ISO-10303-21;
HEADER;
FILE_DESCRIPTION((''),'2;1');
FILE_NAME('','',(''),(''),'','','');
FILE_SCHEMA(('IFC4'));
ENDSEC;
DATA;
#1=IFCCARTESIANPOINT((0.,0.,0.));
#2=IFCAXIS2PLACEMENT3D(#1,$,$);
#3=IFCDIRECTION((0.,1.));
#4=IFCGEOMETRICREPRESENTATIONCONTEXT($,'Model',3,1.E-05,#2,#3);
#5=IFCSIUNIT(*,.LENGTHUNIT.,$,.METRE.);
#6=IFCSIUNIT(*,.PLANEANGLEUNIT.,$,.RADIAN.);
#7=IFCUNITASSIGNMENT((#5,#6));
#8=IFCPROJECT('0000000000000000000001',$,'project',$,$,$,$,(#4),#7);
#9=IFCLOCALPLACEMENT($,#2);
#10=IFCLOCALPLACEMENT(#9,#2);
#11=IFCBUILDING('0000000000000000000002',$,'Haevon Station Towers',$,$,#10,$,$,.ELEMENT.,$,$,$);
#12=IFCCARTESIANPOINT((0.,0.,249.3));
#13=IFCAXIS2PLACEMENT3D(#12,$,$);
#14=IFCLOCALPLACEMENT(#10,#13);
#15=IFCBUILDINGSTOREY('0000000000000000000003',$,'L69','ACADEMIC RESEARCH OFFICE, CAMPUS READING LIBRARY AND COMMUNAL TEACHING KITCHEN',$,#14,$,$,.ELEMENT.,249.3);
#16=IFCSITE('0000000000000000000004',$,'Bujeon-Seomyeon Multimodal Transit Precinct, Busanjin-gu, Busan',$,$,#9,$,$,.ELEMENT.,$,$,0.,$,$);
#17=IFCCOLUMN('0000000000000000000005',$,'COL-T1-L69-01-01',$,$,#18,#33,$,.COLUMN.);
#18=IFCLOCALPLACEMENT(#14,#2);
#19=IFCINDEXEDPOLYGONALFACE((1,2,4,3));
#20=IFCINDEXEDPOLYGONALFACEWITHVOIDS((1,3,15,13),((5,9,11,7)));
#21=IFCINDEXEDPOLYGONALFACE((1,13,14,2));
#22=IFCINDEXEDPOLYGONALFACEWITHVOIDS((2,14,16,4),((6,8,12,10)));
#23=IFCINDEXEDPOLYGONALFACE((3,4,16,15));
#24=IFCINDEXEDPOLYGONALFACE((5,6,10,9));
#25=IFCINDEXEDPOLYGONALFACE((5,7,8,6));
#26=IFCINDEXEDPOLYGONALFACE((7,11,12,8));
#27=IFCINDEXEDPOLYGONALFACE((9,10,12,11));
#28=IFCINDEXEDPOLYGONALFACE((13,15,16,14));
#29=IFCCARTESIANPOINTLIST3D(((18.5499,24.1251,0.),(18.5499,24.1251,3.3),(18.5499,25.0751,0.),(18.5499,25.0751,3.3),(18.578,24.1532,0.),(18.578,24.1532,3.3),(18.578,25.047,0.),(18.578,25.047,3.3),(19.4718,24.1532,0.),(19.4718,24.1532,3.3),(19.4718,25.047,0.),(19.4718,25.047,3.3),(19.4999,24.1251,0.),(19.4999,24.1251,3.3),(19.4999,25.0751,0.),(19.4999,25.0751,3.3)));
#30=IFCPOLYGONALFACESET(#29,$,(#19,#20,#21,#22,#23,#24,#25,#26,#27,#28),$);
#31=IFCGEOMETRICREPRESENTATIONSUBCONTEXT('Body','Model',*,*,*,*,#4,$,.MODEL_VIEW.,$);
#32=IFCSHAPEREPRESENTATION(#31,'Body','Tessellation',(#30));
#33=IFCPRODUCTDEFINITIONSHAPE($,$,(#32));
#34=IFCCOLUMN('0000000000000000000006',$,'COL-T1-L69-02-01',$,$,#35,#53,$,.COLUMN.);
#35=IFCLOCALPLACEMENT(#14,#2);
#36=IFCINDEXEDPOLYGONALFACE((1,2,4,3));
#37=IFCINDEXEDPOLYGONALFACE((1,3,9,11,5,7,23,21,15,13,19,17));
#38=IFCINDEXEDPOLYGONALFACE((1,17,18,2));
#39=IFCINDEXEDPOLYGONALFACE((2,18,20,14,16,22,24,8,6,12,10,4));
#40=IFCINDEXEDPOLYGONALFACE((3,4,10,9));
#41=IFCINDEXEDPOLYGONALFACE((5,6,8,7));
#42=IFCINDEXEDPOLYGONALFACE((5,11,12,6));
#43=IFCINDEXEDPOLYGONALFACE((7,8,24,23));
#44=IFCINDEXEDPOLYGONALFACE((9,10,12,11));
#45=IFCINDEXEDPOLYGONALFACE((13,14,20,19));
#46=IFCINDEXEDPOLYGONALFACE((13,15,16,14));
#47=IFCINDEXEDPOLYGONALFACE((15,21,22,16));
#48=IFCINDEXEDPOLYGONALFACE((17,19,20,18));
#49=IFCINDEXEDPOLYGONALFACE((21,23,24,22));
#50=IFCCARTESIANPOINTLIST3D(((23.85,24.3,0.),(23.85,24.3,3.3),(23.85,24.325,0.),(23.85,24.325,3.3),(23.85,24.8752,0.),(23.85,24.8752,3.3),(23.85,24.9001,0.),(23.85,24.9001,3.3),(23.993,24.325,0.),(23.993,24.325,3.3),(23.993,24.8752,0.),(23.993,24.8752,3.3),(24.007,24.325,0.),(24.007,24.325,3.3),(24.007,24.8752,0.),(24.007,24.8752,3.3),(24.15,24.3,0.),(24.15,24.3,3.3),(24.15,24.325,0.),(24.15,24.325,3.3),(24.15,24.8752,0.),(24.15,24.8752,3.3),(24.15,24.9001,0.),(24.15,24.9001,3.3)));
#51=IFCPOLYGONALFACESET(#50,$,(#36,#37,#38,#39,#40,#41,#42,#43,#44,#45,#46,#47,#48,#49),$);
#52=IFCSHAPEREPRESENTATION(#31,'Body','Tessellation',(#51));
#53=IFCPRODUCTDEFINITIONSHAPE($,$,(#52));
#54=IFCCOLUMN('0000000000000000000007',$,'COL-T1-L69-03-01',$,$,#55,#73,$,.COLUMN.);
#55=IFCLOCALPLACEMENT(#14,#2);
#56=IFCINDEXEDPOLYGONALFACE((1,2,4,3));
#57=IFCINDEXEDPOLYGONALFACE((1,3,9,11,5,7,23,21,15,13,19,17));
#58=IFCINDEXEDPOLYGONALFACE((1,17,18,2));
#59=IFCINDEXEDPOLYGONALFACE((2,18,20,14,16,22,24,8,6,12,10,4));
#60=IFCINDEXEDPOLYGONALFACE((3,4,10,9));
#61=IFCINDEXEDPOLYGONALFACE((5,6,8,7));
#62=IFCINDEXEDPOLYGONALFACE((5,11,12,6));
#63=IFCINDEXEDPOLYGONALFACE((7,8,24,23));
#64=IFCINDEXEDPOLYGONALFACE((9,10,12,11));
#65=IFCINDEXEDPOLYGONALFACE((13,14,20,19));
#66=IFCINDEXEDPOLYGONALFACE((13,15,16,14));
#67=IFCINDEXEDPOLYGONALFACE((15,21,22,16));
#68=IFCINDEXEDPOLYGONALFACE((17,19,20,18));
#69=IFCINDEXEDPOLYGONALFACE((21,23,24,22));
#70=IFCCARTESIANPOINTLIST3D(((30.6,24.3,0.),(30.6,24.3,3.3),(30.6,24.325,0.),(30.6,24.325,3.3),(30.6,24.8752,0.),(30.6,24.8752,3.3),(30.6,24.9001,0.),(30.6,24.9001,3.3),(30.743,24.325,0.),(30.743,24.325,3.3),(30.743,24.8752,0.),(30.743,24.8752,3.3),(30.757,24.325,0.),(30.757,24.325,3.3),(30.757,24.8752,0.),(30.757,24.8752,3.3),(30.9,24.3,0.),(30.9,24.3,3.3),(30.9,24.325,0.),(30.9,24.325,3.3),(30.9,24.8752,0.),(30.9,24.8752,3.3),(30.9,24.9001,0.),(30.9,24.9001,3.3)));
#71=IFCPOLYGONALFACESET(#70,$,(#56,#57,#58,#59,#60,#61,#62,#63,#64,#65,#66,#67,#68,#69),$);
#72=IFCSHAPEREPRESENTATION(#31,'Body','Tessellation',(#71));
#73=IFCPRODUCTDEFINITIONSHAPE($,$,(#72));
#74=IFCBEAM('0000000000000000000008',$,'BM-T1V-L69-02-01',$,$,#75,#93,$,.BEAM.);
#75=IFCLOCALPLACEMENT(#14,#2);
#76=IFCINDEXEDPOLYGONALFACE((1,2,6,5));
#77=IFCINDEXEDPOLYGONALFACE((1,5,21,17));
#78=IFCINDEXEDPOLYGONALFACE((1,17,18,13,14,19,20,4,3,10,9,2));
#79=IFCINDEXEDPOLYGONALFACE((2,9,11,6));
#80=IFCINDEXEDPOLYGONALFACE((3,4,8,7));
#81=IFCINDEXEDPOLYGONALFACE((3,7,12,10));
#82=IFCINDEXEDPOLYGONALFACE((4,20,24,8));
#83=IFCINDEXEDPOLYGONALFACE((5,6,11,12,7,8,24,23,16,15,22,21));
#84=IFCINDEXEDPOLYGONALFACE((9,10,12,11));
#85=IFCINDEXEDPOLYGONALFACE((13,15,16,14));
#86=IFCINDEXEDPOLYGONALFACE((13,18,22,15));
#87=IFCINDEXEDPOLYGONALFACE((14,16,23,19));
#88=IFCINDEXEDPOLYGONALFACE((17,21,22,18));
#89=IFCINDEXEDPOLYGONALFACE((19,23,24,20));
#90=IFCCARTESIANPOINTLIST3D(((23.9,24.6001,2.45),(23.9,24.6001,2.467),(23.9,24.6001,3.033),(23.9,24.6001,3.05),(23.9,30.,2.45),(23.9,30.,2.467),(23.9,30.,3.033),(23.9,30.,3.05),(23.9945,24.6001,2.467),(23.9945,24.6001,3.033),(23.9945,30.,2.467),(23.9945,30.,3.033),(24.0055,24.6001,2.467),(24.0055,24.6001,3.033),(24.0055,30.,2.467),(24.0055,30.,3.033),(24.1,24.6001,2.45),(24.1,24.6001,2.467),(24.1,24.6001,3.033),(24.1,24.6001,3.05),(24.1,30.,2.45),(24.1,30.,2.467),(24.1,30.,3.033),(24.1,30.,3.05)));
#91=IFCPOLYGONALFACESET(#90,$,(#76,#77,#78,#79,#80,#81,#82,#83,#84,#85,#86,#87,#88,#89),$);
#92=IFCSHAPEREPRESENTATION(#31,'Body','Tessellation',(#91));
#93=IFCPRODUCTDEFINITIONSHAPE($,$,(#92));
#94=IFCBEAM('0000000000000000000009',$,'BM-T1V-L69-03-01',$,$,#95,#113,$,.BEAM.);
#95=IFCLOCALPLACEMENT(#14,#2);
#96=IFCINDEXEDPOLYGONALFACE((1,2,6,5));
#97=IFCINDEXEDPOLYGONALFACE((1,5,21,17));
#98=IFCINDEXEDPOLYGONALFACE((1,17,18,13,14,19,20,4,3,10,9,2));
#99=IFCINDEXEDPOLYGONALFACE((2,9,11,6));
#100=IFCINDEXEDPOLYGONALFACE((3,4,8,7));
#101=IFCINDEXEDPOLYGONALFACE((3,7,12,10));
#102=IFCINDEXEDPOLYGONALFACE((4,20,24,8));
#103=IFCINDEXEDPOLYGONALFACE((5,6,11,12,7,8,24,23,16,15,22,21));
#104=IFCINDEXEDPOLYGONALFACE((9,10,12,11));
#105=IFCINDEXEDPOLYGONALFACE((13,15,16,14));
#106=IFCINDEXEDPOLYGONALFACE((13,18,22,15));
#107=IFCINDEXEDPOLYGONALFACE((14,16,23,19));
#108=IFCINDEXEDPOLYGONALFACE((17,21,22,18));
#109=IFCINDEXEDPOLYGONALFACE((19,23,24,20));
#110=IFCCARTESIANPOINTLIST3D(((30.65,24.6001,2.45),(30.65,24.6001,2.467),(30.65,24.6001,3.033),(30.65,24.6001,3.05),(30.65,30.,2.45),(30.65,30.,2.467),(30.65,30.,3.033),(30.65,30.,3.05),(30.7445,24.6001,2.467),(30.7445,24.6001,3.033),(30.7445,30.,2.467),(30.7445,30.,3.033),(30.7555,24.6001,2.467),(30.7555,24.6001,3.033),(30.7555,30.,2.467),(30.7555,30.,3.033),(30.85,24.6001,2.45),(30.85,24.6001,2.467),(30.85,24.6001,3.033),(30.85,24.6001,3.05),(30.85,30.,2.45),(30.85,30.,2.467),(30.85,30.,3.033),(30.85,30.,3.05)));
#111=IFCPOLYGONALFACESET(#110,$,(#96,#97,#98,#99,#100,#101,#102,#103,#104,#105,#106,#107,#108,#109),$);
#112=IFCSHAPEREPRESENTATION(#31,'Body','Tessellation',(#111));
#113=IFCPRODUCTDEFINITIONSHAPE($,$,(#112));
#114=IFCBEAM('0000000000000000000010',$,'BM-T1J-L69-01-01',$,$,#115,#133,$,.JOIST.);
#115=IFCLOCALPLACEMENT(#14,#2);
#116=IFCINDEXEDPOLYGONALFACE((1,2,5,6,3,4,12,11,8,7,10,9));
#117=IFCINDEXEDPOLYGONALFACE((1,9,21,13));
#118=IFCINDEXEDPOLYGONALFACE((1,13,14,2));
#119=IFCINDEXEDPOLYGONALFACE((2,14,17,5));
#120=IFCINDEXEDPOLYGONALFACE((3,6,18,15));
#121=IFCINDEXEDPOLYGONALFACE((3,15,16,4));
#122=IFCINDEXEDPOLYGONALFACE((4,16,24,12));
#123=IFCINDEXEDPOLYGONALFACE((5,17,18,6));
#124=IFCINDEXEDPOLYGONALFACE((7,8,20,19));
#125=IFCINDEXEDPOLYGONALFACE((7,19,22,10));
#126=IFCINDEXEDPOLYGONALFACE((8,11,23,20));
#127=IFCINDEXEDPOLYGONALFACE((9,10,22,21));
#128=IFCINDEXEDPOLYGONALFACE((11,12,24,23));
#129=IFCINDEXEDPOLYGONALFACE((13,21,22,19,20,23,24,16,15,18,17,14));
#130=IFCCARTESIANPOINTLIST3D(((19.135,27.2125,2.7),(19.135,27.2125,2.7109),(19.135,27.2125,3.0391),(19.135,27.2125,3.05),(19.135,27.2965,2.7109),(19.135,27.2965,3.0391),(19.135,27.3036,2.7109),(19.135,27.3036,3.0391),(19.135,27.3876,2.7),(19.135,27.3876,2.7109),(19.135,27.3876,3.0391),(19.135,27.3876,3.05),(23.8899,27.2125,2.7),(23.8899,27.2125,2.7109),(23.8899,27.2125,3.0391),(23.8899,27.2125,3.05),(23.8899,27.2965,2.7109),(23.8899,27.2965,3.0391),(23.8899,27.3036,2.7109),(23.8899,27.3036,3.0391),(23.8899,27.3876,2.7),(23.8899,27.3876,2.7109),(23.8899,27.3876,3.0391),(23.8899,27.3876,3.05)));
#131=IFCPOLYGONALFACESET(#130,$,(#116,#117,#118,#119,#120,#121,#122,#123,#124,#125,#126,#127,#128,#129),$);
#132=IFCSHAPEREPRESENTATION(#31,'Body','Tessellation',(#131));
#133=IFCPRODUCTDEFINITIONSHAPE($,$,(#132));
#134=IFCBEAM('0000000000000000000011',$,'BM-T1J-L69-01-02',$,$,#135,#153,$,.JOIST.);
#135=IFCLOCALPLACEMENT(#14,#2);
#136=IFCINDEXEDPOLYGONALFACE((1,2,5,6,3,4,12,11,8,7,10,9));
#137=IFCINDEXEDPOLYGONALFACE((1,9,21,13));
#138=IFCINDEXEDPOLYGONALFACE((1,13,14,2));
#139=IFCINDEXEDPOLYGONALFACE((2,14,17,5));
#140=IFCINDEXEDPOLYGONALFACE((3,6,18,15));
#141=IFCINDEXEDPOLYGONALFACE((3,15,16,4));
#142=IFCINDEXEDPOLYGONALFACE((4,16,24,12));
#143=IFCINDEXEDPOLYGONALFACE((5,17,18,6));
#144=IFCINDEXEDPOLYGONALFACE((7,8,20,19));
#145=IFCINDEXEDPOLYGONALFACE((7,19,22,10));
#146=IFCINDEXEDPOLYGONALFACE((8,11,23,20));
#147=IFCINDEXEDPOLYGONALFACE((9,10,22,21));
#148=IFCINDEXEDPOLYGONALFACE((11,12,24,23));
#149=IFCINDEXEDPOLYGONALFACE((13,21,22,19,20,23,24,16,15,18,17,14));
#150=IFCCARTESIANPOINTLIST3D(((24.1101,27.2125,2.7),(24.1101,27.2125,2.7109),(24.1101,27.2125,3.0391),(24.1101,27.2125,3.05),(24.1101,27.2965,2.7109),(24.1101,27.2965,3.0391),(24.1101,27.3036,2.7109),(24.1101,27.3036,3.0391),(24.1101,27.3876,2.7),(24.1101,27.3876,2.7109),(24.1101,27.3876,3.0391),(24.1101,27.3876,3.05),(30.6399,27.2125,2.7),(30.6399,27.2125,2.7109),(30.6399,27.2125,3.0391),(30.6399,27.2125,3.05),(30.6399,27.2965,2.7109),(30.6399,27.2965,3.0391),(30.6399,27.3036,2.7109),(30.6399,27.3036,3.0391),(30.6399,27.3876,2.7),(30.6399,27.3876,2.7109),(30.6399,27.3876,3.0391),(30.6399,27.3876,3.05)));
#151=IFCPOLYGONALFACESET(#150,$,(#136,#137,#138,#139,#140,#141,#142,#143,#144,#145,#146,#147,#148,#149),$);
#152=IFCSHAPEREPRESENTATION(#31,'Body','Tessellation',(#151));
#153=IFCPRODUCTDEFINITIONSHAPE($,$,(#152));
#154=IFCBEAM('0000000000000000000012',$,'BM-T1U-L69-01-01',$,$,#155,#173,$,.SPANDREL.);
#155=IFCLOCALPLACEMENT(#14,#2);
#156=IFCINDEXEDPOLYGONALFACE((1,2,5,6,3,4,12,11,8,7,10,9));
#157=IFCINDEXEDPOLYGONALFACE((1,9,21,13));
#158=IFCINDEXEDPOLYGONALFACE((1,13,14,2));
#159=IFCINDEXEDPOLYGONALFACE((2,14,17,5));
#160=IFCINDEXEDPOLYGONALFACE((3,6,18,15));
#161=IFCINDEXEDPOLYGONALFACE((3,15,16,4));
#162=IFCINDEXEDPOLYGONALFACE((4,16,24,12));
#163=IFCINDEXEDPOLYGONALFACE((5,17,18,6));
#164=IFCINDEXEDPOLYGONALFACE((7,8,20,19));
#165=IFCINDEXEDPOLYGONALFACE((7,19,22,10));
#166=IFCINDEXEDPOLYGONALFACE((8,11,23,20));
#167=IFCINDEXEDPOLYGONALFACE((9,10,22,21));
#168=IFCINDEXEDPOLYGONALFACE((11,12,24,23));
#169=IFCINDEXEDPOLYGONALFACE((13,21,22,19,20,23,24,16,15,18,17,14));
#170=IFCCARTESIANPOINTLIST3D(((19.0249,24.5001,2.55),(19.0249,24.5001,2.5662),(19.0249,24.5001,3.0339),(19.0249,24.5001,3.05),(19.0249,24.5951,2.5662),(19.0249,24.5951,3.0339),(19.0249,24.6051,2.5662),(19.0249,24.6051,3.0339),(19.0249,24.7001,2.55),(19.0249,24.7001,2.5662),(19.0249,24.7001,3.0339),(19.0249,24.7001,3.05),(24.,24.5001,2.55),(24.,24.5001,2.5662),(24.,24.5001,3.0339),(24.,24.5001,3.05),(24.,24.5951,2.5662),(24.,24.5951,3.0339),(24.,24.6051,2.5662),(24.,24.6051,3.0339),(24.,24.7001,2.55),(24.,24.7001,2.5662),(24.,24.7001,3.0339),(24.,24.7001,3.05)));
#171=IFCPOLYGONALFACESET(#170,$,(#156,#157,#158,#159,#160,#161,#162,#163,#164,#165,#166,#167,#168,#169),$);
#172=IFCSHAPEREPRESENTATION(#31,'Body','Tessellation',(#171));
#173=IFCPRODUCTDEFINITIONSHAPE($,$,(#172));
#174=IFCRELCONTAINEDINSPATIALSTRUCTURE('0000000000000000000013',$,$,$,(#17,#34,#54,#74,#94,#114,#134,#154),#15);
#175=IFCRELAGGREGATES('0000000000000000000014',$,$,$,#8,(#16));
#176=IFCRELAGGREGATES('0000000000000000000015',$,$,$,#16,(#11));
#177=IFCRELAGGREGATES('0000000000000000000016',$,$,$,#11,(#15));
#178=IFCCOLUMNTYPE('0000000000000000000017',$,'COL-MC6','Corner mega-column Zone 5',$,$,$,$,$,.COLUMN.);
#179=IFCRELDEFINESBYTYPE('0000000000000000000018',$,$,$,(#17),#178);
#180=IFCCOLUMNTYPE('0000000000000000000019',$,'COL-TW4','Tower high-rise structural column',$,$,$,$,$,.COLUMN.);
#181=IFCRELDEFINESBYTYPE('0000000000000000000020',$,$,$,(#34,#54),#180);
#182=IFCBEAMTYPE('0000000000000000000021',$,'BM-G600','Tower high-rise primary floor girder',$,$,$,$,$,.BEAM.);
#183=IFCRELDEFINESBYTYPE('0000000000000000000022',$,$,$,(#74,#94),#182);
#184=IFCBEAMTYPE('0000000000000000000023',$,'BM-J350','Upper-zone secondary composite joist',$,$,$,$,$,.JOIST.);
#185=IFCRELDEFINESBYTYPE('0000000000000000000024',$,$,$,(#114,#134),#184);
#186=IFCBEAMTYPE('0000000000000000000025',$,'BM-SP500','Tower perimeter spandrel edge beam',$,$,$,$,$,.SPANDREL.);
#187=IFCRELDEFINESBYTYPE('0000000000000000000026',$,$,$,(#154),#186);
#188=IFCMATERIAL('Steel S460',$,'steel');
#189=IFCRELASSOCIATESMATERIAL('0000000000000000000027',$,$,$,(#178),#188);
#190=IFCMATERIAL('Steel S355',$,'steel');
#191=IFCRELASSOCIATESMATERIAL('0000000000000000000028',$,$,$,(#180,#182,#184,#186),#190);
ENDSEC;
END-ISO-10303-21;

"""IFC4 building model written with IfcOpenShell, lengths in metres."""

from ifc_helpers import new_model, si_unit, direction, frame, origin, origin_2d, place, context, subcontext, project, spatial, hollow_rectangle, i_section, extrude, material, material_profile, profile_set, type_object, element, save


model = new_model("IFC4")

# Units and contexts
model_context = context("Model", 3, precision=1e-05, world=origin(), true_north=direction((0.0, 1.0)))
body_context = subcontext(model_context, "Body", "Model", "MODEL_VIEW")
ifc_project = project(units=[si_unit("LENGTHUNIT", "METRE"), si_unit("PLANEANGLEUNIT", "RADIAN")], contexts=[model_context])

# Site, building, storey
site_placement = place(None, origin())
site = spatial("IfcSite", under=ifc_project, at=site_placement, Name="Bujeon-Seomyeon Multimodal Transit Precinct, Busanjin-gu, Busan", CompositionType="ELEMENT", RefElevation=0.0)
building_placement = place(site_placement, origin())
building = spatial("IfcBuilding", under=site, at=building_placement, Name="Haevon Station Towers", CompositionType="ELEMENT")
storey_placement = place(building_placement, frame((0.0, 0.0, 249.3)))
storey = spatial("IfcBuildingStorey", under=building, at=storey_placement, Name="L69", Description="ACADEMIC RESEARCH OFFICE, CAMPUS READING LIBRARY AND COMMUNAL TEACHING KITCHEN", CompositionType="ELEMENT", Elevation=249.3)

# Columns
ifc_material_1 = material(Name="Steel S460", Category="steel")
ifc_material_profile_1 = material_profile(ifc_material_1, hollow_rectangle(XDim=0.95, YDim=0.95, WallThickness=0.0281, at=origin_2d()), Name="BOX-950x950x28")
ifc_profile_set_1 = profile_set([ifc_material_profile_1], Name="Steel S460")
column_type_1 = type_object("IfcColumnType", Name="COL-MC6", Description="Corner mega-column Zone 5", PredefinedType="COLUMN", material=ifc_profile_set_1)
column_placement = place(storey_placement, frame((19.0249, 24.6001, 0.0), z_axis=(0.0, 0.0, 1.0), x_axis=(1.0, 0.0, 0.0)))
element("IfcColumn", 1, at=column_placement, inside=storey, type_object=column_type_1, Name="COL-T1-L69-01-01", PredefinedType="COLUMN", context=body_context, shape_type="SweptSolid", body=[
    extrude(hollow_rectangle(XDim=0.95, YDim=0.95, WallThickness=0.0281, at=origin_2d()), origin(), (0.0, 0.0, 1.0), 3.3),
])
ifc_material_2 = material(Name="Steel S355", Category="steel")
ifc_material_profile_2 = material_profile(ifc_material_2, i_section(OverallWidth=0.3, OverallDepth=0.6001, WebThickness=0.0139, FlangeThickness=0.0249, at=origin_2d()), Name="H-600x300x14x25")
ifc_profile_set_2 = profile_set([ifc_material_profile_2], Name="Steel S355")
column_type_2 = type_object("IfcColumnType", Name="COL-TW4", Description="Tower high-rise structural column", PredefinedType="COLUMN", material=ifc_profile_set_2)
for number, where, z_axis, x_axis, name in (
    (2, (24.0, 24.6001, 0.0), (0.0, 0.0, 1.0), (1.0, 0.0, 0.0), "COL-T1-L69-02-01"),
    (3, (30.75, 24.6001, 0.0), (0.0, 0.0, 1.0), (1.0, 0.0, 0.0), "COL-T1-L69-03-01"),
):
    element("IfcColumn", number, at=place(storey_placement, frame(where, z_axis=z_axis, x_axis=x_axis)), inside=storey, type_object=column_type_2, Name=name, PredefinedType="COLUMN", context=body_context, shape_type="SweptSolid", body=[
        extrude(i_section(OverallWidth=0.3, OverallDepth=0.6001, WebThickness=0.0139, FlangeThickness=0.0249, at=origin_2d()), origin(), (0.0, 0.0, 1.0), 3.3),
    ])

# Beams
ifc_material_profile_3 = material_profile(ifc_material_2, i_section(OverallWidth=0.2, OverallDepth=0.6001, WebThickness=0.011, FlangeThickness=0.0171, at=origin_2d()), Name="H-600x200x11x17")
ifc_profile_set_3 = profile_set([ifc_material_profile_3], Name="Steel S355")
beam_type_1 = type_object("IfcBeamType", Name="BM-G600", Description="Tower high-rise primary floor girder", PredefinedType="BEAM", material=ifc_profile_set_3)
for number, where, z_axis, x_axis, name in (
    (4, (24.0, 24.6001, 2.75), (0.0, 1.0, 0.0), (-1.0, 0.0, 0.0), "BM-T1V-L69-02-01"),
    (5, (30.75, 24.6001, 2.75), (0.0, 1.0, 0.0), (-1.0, 0.0, 0.0), "BM-T1V-L69-03-01"),
):
    element("IfcBeam", number, at=place(storey_placement, frame(where, z_axis=z_axis, x_axis=x_axis)), inside=storey, type_object=beam_type_1, Name=name, PredefinedType="BEAM", context=body_context, shape_type="SweptSolid", body=[
        extrude(i_section(OverallWidth=0.2, OverallDepth=0.6001, WebThickness=0.011, FlangeThickness=0.0171, at=origin_2d()), origin(), (0.0, 0.0, 1.0), 5.3999),
    ])
ifc_material_profile_4 = material_profile(ifc_material_2, i_section(OverallWidth=0.175, OverallDepth=0.3501, WebThickness=0.0071, FlangeThickness=0.011, at=origin_2d()), Name="H-350x175x7x11")
ifc_profile_set_4 = profile_set([ifc_material_profile_4], Name="Steel S355")
beam_type_2 = type_object("IfcBeamType", Name="BM-J350", Description="Upper-zone secondary composite joist", PredefinedType="JOIST", material=ifc_profile_set_4)
beam_1_placement = place(storey_placement, frame((19.135, 27.3, 2.875), z_axis=(1.0, 0.0, 0.0), x_axis=(0.0, 1.0, 0.0)))
element("IfcBeam", 6, at=beam_1_placement, inside=storey, type_object=beam_type_2, Name="BM-T1J-L69-01-01", PredefinedType="JOIST", context=body_context, shape_type="SweptSolid", body=[
    extrude(i_section(OverallWidth=0.175, OverallDepth=0.3501, WebThickness=0.0071, FlangeThickness=0.011, at=origin_2d()), origin(), (0.0, 0.0, 1.0), 4.7549),
])
beam_2_placement = place(storey_placement, frame((24.1101, 27.3, 2.875), z_axis=(1.0, 0.0, 0.0), x_axis=(0.0, 1.0, 0.0)))
element("IfcBeam", 7, at=beam_2_placement, inside=storey, type_object=beam_type_2, Name="BM-T1J-L69-01-02", PredefinedType="JOIST", context=body_context, shape_type="SweptSolid", body=[
    extrude(i_section(OverallWidth=0.175, OverallDepth=0.3501, WebThickness=0.0071, FlangeThickness=0.011, at=origin_2d()), origin(), (0.0, 0.0, 1.0), 6.5298),
])
ifc_material_profile_5 = material_profile(ifc_material_2, i_section(OverallWidth=0.2, OverallDepth=0.5, WebThickness=0.01, FlangeThickness=0.0161, at=origin_2d()), Name="H-500x200x10x16")
ifc_profile_set_5 = profile_set([ifc_material_profile_5], Name="Steel S355")
beam_type_3 = type_object("IfcBeamType", Name="BM-SP500", Description="Tower perimeter spandrel edge beam", PredefinedType="SPANDREL", material=ifc_profile_set_5)
beam_3_placement = place(storey_placement, frame((19.0249, 24.6001, 2.8), z_axis=(1.0, 0.0, 0.0), x_axis=(0.0, 1.0, 0.0)))
element("IfcBeam", 8, at=beam_3_placement, inside=storey, type_object=beam_type_3, Name="BM-T1U-L69-01-01", PredefinedType="SPANDREL", context=body_context, shape_type="SweptSolid", body=[
    extrude(i_section(OverallWidth=0.2, OverallDepth=0.5, WebThickness=0.01, FlangeThickness=0.0161, at=origin_2d()), origin(), (0.0, 0.0, 1.0), 4.9751),
])

save(model, "model.ifc")
